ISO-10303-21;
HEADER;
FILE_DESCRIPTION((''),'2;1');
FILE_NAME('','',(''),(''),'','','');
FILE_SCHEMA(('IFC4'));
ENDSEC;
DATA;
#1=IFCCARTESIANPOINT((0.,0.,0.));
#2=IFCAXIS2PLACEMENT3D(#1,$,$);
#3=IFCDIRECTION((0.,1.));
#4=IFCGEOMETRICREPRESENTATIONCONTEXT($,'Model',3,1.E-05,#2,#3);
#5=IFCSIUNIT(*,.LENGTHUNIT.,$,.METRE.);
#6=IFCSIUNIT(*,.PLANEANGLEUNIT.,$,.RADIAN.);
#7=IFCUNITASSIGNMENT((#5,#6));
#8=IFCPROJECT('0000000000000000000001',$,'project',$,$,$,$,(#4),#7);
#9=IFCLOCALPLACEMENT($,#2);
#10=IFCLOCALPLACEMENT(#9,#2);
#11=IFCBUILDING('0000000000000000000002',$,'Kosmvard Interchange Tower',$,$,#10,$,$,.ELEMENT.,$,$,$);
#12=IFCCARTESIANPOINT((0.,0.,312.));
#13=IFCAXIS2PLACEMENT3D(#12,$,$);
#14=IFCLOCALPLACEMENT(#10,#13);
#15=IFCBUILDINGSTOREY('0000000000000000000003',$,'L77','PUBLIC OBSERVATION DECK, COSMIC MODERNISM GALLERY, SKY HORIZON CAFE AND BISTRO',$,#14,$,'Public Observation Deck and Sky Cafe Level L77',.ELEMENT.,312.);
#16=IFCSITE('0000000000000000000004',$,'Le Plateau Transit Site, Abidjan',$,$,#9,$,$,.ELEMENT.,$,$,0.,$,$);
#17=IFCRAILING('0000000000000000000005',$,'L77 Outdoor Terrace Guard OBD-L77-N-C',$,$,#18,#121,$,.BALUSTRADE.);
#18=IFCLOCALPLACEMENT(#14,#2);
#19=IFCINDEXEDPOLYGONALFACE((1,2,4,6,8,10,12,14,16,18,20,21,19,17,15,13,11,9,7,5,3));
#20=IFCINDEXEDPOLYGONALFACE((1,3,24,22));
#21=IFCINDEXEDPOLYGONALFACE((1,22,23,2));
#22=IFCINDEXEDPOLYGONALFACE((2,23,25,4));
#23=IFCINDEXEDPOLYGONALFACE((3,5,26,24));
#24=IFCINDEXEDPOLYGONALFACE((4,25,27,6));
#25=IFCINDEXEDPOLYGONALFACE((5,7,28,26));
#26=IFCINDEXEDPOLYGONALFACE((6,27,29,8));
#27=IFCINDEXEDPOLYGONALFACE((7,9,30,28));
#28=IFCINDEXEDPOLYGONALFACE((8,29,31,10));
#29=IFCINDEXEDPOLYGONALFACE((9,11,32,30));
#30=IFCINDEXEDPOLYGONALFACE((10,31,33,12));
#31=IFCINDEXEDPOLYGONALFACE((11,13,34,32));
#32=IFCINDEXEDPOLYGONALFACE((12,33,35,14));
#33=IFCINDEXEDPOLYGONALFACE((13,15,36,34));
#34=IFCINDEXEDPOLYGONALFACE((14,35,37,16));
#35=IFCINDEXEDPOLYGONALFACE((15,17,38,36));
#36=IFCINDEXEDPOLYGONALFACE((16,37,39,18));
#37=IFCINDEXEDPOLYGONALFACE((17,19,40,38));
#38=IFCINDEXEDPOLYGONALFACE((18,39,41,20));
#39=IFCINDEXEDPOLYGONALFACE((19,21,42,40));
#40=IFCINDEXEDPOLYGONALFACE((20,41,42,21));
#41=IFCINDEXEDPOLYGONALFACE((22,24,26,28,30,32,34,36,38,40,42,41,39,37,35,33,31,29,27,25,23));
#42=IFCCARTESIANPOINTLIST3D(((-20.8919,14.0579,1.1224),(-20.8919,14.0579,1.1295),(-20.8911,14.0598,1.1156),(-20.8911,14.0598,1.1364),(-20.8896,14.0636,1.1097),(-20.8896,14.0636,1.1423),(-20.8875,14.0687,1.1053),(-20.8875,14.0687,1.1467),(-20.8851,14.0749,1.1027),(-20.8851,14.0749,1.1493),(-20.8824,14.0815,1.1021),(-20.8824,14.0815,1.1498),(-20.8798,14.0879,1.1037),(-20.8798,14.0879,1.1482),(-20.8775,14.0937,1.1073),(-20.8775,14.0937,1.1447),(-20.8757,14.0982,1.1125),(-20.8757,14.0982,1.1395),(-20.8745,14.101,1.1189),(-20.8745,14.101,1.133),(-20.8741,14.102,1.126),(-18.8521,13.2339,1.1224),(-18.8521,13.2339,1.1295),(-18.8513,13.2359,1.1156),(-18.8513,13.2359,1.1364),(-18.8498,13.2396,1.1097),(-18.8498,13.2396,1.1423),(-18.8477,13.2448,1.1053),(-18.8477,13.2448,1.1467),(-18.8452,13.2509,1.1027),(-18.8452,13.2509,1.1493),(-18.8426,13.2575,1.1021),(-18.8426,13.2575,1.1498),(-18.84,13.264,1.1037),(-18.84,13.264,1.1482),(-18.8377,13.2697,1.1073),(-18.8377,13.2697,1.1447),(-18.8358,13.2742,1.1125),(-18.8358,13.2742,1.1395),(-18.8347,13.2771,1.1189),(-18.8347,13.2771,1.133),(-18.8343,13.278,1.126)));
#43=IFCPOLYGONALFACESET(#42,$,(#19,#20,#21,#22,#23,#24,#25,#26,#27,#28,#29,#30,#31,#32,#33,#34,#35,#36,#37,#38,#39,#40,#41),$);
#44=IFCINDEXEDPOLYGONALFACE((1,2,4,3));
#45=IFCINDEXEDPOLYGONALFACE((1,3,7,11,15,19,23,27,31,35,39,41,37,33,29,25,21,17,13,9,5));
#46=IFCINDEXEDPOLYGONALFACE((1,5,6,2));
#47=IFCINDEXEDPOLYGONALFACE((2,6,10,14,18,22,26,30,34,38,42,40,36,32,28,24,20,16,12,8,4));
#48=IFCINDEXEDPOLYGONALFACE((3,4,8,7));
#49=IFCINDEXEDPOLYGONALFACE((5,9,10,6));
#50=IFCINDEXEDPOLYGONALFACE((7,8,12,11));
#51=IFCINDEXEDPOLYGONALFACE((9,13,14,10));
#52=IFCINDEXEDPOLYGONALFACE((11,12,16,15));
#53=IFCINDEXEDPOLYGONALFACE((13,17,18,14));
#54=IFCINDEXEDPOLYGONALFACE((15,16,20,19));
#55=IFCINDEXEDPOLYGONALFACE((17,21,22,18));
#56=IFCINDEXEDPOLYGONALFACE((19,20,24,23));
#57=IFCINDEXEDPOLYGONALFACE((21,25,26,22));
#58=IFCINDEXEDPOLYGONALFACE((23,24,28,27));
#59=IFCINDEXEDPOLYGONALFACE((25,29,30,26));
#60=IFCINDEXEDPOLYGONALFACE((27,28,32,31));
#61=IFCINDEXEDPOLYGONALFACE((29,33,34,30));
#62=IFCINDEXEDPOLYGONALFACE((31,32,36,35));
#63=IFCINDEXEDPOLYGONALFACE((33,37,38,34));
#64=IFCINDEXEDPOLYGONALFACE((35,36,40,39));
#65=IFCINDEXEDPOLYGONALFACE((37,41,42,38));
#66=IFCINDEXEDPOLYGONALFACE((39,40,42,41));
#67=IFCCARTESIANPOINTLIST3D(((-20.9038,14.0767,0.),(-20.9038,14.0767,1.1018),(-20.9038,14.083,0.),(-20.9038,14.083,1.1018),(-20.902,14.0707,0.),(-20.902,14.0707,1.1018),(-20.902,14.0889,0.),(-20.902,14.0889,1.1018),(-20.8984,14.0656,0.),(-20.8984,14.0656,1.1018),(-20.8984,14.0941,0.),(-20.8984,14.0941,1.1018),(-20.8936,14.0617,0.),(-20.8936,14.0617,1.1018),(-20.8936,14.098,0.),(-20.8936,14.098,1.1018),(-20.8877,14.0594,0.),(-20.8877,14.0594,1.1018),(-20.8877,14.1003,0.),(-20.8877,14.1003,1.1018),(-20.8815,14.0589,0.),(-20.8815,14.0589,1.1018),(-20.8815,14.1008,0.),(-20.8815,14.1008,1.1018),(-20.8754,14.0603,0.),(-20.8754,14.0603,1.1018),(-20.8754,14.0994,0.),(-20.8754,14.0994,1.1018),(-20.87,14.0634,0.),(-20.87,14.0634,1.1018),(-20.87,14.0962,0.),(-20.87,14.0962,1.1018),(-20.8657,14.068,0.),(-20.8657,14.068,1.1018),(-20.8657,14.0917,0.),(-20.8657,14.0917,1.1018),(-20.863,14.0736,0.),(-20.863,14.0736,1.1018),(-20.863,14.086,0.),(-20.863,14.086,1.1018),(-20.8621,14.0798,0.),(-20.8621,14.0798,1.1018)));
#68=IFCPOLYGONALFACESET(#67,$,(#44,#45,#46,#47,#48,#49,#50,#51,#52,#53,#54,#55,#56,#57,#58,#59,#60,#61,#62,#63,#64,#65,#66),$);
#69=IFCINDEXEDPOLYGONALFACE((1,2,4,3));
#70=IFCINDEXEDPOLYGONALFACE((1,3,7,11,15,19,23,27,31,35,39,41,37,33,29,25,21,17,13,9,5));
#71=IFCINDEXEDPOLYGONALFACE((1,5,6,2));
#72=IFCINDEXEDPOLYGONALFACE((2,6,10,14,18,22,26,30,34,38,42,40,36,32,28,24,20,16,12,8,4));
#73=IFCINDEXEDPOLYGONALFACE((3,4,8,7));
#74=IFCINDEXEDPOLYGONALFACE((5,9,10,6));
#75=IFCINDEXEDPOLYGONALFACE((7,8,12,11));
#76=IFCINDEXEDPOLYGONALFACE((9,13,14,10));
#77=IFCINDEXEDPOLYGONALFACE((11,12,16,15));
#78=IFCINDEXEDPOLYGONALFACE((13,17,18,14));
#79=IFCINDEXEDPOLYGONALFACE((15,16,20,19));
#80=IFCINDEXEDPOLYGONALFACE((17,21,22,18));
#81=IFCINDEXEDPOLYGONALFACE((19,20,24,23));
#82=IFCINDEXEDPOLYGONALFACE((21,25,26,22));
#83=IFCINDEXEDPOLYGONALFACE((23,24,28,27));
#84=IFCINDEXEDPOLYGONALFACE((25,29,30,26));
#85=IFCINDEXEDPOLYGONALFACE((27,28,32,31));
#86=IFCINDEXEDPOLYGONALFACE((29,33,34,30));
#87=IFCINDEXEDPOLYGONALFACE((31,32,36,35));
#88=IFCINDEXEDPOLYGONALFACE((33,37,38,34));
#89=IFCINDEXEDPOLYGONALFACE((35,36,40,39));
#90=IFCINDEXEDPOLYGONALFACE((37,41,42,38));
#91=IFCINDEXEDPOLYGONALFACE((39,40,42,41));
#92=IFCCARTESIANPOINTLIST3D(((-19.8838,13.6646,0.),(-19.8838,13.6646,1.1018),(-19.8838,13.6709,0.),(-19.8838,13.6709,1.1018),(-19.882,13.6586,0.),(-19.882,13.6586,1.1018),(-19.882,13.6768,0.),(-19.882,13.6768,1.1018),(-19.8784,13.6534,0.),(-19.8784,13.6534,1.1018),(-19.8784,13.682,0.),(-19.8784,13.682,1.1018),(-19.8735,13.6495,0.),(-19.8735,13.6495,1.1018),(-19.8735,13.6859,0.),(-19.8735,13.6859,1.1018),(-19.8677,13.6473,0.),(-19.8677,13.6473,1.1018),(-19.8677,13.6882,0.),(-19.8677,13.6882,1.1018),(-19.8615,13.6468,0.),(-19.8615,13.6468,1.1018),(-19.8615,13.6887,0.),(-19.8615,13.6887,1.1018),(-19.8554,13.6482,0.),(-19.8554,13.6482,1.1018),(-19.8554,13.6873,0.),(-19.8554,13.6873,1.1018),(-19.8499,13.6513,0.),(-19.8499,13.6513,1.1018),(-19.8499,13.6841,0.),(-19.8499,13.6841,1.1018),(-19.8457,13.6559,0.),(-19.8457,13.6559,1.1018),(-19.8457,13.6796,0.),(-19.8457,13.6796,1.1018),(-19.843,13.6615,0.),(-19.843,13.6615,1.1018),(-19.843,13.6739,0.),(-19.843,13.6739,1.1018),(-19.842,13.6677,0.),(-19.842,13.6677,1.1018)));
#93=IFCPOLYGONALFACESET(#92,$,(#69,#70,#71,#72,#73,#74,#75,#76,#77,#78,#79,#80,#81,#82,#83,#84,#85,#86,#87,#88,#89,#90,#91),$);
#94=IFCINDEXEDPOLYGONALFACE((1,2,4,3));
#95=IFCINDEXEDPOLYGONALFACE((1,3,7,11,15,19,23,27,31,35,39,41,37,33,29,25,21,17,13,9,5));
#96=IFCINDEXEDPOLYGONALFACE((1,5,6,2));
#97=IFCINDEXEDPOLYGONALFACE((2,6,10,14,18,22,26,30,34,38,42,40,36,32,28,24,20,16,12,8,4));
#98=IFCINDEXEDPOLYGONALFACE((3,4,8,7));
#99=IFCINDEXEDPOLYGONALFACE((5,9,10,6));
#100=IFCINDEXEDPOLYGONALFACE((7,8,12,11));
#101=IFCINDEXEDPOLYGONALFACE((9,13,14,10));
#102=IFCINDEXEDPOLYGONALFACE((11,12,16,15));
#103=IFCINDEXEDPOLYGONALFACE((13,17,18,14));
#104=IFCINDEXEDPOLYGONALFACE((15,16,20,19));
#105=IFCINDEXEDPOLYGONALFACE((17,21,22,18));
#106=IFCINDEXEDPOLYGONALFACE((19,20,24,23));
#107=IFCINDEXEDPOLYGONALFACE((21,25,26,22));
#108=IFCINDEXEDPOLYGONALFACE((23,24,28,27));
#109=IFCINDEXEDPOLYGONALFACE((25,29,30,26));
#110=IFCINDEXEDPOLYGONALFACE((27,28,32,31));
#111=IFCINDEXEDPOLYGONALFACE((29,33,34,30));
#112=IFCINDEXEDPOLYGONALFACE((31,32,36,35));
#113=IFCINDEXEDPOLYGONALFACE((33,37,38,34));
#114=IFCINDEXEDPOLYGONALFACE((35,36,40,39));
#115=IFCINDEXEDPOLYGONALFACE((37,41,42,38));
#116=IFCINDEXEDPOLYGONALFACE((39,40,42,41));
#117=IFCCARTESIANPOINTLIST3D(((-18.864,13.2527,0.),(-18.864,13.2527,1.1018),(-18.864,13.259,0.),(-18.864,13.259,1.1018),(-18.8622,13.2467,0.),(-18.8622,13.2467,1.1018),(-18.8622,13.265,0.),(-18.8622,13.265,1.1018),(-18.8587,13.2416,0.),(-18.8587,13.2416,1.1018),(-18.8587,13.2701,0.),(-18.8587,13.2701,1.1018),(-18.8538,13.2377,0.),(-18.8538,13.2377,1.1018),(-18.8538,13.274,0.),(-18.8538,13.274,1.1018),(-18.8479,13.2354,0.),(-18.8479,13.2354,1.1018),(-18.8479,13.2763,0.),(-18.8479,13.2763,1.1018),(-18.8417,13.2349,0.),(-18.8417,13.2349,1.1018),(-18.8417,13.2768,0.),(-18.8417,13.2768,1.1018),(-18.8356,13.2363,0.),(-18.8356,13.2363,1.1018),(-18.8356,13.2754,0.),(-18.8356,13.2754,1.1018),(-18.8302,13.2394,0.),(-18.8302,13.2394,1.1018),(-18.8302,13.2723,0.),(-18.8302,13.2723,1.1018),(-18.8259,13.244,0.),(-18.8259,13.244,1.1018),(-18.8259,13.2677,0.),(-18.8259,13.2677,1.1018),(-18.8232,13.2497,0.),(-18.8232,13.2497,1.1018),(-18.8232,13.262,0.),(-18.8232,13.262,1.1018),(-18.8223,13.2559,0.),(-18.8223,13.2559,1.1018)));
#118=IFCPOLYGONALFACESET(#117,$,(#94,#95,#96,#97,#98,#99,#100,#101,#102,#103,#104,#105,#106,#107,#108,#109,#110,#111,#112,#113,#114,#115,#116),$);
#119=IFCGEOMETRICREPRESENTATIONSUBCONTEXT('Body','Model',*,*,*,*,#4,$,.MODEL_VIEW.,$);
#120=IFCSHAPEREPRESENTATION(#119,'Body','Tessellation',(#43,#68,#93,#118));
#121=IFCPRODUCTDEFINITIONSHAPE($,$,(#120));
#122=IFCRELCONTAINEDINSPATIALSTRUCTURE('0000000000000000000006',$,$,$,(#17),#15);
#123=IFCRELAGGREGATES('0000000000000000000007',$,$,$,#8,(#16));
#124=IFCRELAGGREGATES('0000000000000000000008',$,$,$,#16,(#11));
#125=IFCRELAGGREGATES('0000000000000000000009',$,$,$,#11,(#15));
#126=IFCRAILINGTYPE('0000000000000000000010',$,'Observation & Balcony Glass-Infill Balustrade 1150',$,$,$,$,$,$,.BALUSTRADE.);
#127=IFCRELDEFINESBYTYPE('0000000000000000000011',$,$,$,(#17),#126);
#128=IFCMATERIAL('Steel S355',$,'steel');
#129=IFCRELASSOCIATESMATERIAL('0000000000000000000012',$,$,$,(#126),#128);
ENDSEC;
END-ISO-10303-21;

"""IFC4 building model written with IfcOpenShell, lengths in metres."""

from ifc_helpers import new_model, si_unit, direction, frame, origin, origin_2d, place, context, subcontext, project, spatial, circle, extrude, source, transform, mapped, material, type_object, element, save


model = new_model("IFC4")

# Units and contexts
model_context = context("Model", 3, precision=1e-05, world=origin(), true_north=direction((0.0, 1.0)))
body_context = subcontext(model_context, "Body", "Model", "MODEL_VIEW")
ifc_project = project(units=[si_unit("LENGTHUNIT", "METRE"), si_unit("PLANEANGLEUNIT", "RADIAN")], contexts=[model_context])

# Site, building, storey
site_placement = place(None, origin())
site = spatial("IfcSite", under=ifc_project, at=site_placement, Name="Le Plateau Transit Site, Abidjan", CompositionType="ELEMENT", RefElevation=0.0)
building_placement = place(site_placement, origin())
building = spatial("IfcBuilding", under=site, at=building_placement, Name="Kosmvard Interchange Tower", CompositionType="ELEMENT")
storey_placement = place(building_placement, frame((0.0, 0.0, 312.0)))
storey = spatial("IfcBuildingStorey", under=building, at=storey_placement, Name="L77", Description="PUBLIC OBSERVATION DECK, COSMIC MODERNISM GALLERY, SKY HORIZON CAFE AND BISTRO", LongName="Public Observation Deck and Sky Cafe Level L77", CompositionType="ELEMENT", Elevation=312.0)

# Shared definitions
ifc_material_1 = material(Name="Steel S355", Category="steel")

# Railing
railing_type = type_object("IfcRailingType", Name="Observation & Balcony Glass-Infill Balustrade 1150", PredefinedType="BALUSTRADE", material=ifc_material_1)
shared_shape_1 = source(origin(), body_context, "Body", "SweptSolid", [
    extrude(circle(Radius=0.0239, at=origin_2d()), frame((0.0, 0.0, 1.126), z_axis=(0.927208, -0.374546, 0.0), x_axis=(0.374546, 0.927208, 0.0)), (0.0, 0.0, 1.0), 2.2),
    extrude(circle(Radius=0.021, at=origin_2d()), origin(), (0.0, 0.0, 1.0), 1.1018),
    extrude(circle(Radius=0.021, at=origin_2d()), frame((1.02, -0.4121, 0.0)), (0.0, 0.0, 1.0), 1.1018),
    extrude(circle(Radius=0.021, at=origin_2d()), frame((2.0398, -0.824, 0.0)), (0.0, 0.0, 1.0), 1.1018),
])
railing_1_placement = place(storey_placement, frame((-20.8831, 14.0798, 0.0)))
element("IfcRailing", 1, at=railing_1_placement, inside=storey, type_object=railing_type, Name="L77 Outdoor Terrace Guard OBD-L77-N-C", PredefinedType="BALUSTRADE", context=body_context, shape_type="MappedRepresentation", body=[
    mapped(shared_shape_1, transform((0.0, 0.0, 0.0), scale=1.0)),
])

save(model, "model.ifc")
